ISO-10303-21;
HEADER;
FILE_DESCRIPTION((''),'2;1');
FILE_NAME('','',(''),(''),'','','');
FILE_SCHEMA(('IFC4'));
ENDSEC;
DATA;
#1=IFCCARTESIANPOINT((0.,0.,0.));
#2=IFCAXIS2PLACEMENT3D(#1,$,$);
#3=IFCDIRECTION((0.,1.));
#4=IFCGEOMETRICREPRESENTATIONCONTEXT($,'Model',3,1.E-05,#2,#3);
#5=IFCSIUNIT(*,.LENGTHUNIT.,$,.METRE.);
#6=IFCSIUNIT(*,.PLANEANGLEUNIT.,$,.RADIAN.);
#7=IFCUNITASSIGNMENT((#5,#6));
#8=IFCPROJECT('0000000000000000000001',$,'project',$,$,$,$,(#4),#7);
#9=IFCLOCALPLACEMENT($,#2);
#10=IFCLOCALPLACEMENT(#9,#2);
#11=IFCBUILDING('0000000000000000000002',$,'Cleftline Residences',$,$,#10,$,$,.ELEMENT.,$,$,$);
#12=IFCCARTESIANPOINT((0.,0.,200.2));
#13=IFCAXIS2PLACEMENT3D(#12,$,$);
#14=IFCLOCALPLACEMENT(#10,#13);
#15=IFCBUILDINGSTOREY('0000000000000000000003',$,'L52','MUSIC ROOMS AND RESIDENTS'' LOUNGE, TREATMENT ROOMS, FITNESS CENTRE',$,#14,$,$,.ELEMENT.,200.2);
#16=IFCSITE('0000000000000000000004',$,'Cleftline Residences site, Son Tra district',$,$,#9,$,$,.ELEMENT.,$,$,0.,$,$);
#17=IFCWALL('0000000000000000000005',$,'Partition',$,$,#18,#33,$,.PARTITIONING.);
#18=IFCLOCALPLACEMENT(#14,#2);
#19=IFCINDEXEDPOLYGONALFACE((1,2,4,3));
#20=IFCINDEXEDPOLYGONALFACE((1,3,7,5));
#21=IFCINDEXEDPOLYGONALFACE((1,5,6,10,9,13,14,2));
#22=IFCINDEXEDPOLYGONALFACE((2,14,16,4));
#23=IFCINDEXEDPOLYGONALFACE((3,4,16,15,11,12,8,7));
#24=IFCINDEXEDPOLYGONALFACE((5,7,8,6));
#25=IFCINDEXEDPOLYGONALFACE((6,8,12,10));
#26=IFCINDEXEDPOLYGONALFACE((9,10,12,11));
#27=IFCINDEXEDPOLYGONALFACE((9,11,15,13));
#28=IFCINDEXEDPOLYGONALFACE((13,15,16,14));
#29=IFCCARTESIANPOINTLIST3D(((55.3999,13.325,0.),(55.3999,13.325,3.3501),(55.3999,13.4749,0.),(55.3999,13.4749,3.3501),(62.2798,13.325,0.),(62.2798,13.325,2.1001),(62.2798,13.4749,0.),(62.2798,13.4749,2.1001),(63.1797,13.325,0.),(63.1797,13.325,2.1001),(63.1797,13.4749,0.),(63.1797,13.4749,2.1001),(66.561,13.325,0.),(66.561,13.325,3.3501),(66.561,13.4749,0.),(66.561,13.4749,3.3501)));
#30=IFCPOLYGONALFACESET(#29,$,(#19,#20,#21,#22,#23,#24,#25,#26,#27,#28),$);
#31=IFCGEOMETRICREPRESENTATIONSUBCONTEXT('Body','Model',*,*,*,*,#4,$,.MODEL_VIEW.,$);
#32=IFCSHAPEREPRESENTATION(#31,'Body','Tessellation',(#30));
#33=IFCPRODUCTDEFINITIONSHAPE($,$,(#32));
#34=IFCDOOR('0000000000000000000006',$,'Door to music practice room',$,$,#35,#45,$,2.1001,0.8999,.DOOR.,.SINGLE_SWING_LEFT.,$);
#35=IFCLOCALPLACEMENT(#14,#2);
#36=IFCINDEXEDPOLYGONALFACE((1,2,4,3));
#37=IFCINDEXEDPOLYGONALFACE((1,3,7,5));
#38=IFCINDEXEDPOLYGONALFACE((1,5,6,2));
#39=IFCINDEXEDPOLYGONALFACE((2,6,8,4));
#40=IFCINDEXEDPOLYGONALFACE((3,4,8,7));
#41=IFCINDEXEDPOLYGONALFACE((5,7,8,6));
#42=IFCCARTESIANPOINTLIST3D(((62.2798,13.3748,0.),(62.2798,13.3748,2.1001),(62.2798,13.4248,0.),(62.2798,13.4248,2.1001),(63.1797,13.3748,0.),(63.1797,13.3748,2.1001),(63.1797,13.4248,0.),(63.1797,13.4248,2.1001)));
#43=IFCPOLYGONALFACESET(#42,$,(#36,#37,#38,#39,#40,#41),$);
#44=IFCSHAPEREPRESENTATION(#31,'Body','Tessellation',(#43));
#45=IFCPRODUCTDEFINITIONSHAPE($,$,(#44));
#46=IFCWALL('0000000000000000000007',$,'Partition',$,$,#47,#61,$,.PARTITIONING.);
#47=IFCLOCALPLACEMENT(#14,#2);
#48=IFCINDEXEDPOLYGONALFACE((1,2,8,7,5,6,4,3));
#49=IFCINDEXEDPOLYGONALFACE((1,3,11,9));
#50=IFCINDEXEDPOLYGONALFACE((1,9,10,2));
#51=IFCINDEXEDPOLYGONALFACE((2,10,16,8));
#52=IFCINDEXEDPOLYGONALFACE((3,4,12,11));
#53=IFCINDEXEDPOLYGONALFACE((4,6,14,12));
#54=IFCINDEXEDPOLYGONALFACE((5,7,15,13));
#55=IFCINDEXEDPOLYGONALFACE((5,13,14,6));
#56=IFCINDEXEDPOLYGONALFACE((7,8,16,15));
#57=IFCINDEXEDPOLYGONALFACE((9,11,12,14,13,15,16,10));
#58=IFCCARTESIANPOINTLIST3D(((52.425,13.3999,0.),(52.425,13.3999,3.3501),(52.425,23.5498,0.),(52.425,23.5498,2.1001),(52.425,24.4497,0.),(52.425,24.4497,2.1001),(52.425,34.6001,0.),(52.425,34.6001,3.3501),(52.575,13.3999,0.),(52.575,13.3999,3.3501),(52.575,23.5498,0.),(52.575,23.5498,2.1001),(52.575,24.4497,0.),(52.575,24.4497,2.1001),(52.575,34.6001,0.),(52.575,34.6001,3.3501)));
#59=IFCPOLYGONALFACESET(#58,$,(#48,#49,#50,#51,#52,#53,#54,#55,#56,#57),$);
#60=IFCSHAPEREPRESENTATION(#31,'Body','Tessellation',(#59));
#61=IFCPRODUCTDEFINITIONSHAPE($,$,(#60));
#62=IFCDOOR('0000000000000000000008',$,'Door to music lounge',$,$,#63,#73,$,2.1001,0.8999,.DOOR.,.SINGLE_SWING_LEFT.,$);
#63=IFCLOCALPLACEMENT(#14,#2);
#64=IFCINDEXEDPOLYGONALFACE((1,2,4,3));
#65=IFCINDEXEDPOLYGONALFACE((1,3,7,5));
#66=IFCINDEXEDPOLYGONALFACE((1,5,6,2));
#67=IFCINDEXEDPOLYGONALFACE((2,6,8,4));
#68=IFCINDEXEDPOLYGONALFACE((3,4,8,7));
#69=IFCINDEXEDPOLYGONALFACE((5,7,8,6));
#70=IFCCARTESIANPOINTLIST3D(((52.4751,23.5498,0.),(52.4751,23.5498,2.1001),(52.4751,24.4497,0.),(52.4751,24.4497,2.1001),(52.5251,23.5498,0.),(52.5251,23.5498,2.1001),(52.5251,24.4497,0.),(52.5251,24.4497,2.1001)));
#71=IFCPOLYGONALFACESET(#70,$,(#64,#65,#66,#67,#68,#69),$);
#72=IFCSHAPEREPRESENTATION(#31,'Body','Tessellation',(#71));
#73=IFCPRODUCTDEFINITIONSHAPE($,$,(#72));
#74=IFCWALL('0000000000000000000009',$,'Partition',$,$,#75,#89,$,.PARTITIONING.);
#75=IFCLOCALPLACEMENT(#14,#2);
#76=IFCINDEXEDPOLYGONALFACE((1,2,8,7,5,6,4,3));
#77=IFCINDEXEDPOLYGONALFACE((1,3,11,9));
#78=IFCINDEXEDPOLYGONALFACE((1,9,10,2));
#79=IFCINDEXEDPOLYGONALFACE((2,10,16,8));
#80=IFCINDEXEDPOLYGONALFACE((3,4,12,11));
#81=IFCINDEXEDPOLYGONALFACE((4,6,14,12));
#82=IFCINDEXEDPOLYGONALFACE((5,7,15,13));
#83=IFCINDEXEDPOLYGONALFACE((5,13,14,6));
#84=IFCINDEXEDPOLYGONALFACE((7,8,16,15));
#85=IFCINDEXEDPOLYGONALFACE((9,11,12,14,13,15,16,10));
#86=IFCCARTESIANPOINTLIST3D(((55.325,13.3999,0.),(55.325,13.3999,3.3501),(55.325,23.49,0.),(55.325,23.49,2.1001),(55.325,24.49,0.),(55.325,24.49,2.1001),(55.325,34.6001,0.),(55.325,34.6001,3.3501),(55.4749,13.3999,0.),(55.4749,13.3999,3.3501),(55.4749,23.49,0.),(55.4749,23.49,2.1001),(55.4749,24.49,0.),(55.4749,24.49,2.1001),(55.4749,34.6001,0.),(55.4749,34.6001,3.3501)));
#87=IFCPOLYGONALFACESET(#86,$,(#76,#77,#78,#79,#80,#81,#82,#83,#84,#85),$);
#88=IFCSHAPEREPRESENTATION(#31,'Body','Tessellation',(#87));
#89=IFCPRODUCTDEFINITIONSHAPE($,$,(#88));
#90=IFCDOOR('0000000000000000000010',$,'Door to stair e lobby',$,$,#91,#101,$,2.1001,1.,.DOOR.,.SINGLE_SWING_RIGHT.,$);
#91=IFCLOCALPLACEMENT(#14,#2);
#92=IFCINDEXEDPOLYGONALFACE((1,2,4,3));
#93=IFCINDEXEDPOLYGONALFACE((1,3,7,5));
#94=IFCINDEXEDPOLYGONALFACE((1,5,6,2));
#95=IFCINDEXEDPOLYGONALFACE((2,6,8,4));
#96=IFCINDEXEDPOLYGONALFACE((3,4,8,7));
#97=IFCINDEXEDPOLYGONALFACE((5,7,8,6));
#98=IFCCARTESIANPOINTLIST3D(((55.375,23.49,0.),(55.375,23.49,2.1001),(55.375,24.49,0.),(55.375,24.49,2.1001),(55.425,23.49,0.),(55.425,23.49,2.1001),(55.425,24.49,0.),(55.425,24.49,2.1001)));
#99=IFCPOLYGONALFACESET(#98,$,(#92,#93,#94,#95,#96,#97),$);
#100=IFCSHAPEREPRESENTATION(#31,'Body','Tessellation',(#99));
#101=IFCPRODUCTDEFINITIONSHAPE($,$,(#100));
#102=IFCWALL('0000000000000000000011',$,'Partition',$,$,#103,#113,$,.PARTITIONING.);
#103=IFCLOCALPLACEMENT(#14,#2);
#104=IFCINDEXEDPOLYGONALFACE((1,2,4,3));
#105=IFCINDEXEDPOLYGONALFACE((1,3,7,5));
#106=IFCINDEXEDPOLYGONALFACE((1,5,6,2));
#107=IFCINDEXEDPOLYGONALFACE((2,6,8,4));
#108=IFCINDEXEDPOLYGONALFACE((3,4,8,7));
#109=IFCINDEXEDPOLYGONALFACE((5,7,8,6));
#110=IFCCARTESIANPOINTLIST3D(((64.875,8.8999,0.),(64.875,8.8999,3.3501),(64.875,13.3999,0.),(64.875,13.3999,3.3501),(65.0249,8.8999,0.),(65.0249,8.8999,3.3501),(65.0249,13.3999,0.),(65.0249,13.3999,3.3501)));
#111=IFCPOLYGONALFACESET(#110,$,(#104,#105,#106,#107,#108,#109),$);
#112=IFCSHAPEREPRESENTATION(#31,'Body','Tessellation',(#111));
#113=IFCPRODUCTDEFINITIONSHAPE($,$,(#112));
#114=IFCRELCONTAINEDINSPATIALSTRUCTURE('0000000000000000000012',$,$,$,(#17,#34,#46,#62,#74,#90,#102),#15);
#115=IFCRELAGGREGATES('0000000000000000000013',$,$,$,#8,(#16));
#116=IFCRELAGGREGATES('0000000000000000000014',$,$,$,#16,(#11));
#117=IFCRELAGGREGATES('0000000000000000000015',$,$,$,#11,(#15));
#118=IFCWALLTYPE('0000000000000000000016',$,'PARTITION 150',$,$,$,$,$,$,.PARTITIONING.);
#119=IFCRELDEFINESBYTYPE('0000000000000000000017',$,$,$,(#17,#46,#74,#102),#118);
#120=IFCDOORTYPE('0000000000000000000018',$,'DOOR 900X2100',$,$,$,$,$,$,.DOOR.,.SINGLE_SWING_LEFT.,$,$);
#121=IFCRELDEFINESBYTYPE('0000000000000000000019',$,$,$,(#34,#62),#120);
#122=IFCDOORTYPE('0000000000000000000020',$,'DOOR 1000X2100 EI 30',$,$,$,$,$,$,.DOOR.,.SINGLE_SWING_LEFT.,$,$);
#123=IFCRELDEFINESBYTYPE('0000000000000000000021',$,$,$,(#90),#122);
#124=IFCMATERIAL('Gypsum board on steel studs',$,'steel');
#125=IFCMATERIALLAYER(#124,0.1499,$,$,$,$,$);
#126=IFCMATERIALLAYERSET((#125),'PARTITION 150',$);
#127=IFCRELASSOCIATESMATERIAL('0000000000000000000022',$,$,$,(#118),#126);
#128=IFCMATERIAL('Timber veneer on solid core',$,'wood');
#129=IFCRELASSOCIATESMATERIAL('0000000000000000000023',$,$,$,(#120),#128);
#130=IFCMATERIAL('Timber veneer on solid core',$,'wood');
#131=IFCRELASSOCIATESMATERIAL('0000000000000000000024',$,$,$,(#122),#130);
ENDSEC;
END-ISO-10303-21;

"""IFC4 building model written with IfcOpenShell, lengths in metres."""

from ifc_helpers import new_model, si_unit, direction, frame, frame_2d, origin, place, context, subcontext, project, spatial, rectangle, extrude, material, layer, layer_set, type_object, element, fill, save


model = new_model("IFC4")

# Units and contexts
model_context = context("Model", 3, precision=1e-05, world=origin(), true_north=direction((0.0, 1.0)))
body_context = subcontext(model_context, "Body", "Model", "MODEL_VIEW")
ifc_project = project(units=[si_unit("LENGTHUNIT", "METRE"), si_unit("PLANEANGLEUNIT", "RADIAN")], contexts=[model_context])

# Site, building, storey
site_placement = place(None, origin())
site = spatial("IfcSite", under=ifc_project, at=site_placement, Name="Cleftline Residences site, Son Tra district", CompositionType="ELEMENT", RefElevation=0.0)
building_placement = place(site_placement, origin())
building = spatial("IfcBuilding", under=site, at=building_placement, Name="Cleftline Residences", CompositionType="ELEMENT")
storey_placement = place(building_placement, frame((0.0, 0.0, 200.2)))
storey = spatial("IfcBuildingStorey", under=building, at=storey_placement, Name="L52", Description="MUSIC ROOMS AND RESIDENTS' LOUNGE, TREATMENT ROOMS, FITNESS CENTRE", CompositionType="ELEMENT", Elevation=200.2)

# Walls, openings, doors
ifc_material_1 = material(Name="Gypsum board on steel studs", Category="steel")
ifc_layer_1 = layer(ifc_material_1, 0.1499)
ifc_layer_set_1 = layer_set([ifc_layer_1], Name="PARTITION 150")
wall_type = type_object("IfcWallType", Name="PARTITION 150", PredefinedType="PARTITIONING", material=ifc_layer_set_1)
wall_1_placement = place(storey_placement, frame((55.3999, 13.3999, 0.0), z_axis=(0.0, 0.0, 1.0), x_axis=(1.0, 0.0, 0.0)))
wall_1 = element("IfcWall", 1, at=wall_1_placement, inside=storey, type_object=wall_type, Name="Partition", PredefinedType="PARTITIONING", context=body_context, shape_type="SweptSolid", body=[
    extrude(rectangle(XDim=11.1611, YDim=0.1499, at=frame_2d((5.5806, 0.0))), origin(), (0.0, 0.0, 1.0), 3.3501),
])
opening_1_placement = place(wall_1_placement, frame((6.8799, 0.0, 0.0)))
opening_1 = element("IfcOpeningElement", 2, at=opening_1_placement, cuts=wall_1, PredefinedType="OPENING", context=body_context, shape_type="SweptSolid", body=[
    extrude(rectangle(XDim=0.8999, YDim=2.1001, at=frame_2d((0.45, 1.05))), frame((0.0, 0.085, 0.0), z_axis=(0.0, -1.0, 0.0), x_axis=(1.0, 0.0, 0.0)), (0.0, 0.0, 1.0), 0.1699),
])
ifc_material_2 = material(Name="Timber veneer on solid core", Category="wood")
door_type_1 = type_object("IfcDoorType", Name="DOOR 900X2100", OperationType="SINGLE_SWING_LEFT", PredefinedType="DOOR", material=ifc_material_2)
door_1_placement = place(opening_1_placement, origin())
door_1 = element("IfcDoor", 3, at=door_1_placement, inside=storey, type_object=door_type_1, Name="Door to music practice room", OperationType="SINGLE_SWING_LEFT", OverallHeight=2.1001, OverallWidth=0.8999, PredefinedType="DOOR", context=body_context, shape_type="SweptSolid", body=[
    extrude(rectangle(XDim=0.8999, YDim=2.1001, at=frame_2d((0.45, 1.05))), frame((0.0, 0.0249, 0.0), z_axis=(0.0, -1.0, 0.0), x_axis=(1.0, 0.0, 0.0)), (0.0, 0.0, 1.0), 0.05),
])
fill(opening_1, door_1)
wall_2_placement = place(storey_placement, frame((52.5, 13.3999, 0.0), z_axis=(0.0, 0.0, 1.0), x_axis=(0.0, 1.0, 0.0)))
wall_2 = element("IfcWall", 4, at=wall_2_placement, inside=storey, type_object=wall_type, Name="Partition", PredefinedType="PARTITIONING", context=body_context, shape_type="SweptSolid", body=[
    extrude(rectangle(XDim=21.2002, YDim=0.1499, at=frame_2d((10.6001, 0.0))), origin(), (0.0, 0.0, 1.0), 3.3501),
])
opening_2_placement = place(wall_2_placement, frame((10.1499, 0.0, 0.0)))
opening_2 = element("IfcOpeningElement", 5, at=opening_2_placement, cuts=wall_2, PredefinedType="OPENING", context=body_context, shape_type="SweptSolid", body=[
    extrude(rectangle(XDim=0.8999, YDim=2.1001, at=frame_2d((0.45, 1.05))), frame((0.0, 0.085, 0.0), z_axis=(0.0, -1.0, 0.0), x_axis=(1.0, 0.0, 0.0)), (0.0, 0.0, 1.0), 0.1699),
])
door_2_placement = place(opening_2_placement, origin())
door_2 = element("IfcDoor", 6, at=door_2_placement, inside=storey, type_object=door_type_1, Name="Door to music lounge", OperationType="SINGLE_SWING_LEFT", OverallHeight=2.1001, OverallWidth=0.8999, PredefinedType="DOOR", context=body_context, shape_type="SweptSolid", body=[
    extrude(rectangle(XDim=0.8999, YDim=2.1001, at=frame_2d((0.45, 1.05))), frame((0.0, 0.0249, 0.0), z_axis=(0.0, -1.0, 0.0), x_axis=(1.0, 0.0, 0.0)), (0.0, 0.0, 1.0), 0.05),
])
fill(opening_2, door_2)
wall_3_placement = place(storey_placement, frame((55.3999, 13.3999, 0.0), z_axis=(0.0, 0.0, 1.0), x_axis=(0.0, 1.0, 0.0)))
wall_3 = element("IfcWall", 7, at=wall_3_placement, inside=storey, type_object=wall_type, Name="Partition", PredefinedType="PARTITIONING", context=body_context, shape_type="SweptSolid", body=[
    extrude(rectangle(XDim=21.2002, YDim=0.1499, at=frame_2d((10.6001, 0.0))), origin(), (0.0, 0.0, 1.0), 3.3501),
])
opening_3_placement = place(wall_3_placement, frame((10.0901, 0.0, 0.0)))
opening_3 = element("IfcOpeningElement", 8, at=opening_3_placement, cuts=wall_3, PredefinedType="OPENING", context=body_context, shape_type="SweptSolid", body=[
    extrude(rectangle(XDim=1.0, YDim=2.1001, at=frame_2d((0.5, 1.05))), frame((0.0, 0.085, 0.0), z_axis=(0.0, -1.0, 0.0), x_axis=(1.0, 0.0, 0.0)), (0.0, 0.0, 1.0), 0.1699),
])
ifc_material_3 = material(Name="Timber veneer on solid core", Category="wood")
door_type_2 = type_object("IfcDoorType", Name="DOOR 1000X2100 EI 30", OperationType="SINGLE_SWING_LEFT", PredefinedType="DOOR", material=ifc_material_3)
door_3_placement = place(opening_3_placement, origin())
door_3 = element("IfcDoor", 9, at=door_3_placement, inside=storey, type_object=door_type_2, Name="Door to stair e lobby", OperationType="SINGLE_SWING_RIGHT", OverallHeight=2.1001, OverallWidth=1.0, PredefinedType="DOOR", context=body_context, shape_type="SweptSolid", body=[
    extrude(rectangle(XDim=1.0, YDim=2.1001, at=frame_2d((0.5, 1.05))), frame((0.0, 0.0249, 0.0), z_axis=(0.0, -1.0, 0.0), x_axis=(1.0, 0.0, 0.0)), (0.0, 0.0, 1.0), 0.05),
])
fill(opening_3, door_3)

# Wall
wall_4_placement = place(storey_placement, frame((64.95, 8.8999, 0.0), z_axis=(0.0, 0.0, 1.0), x_axis=(0.0, 1.0, 0.0)))
element("IfcWall", 10, at=wall_4_placement, inside=storey, type_object=wall_type, Name="Partition", PredefinedType="PARTITIONING", context=body_context, shape_type="SweptSolid", body=[
    extrude(rectangle(XDim=4.5, YDim=0.1499, at=frame_2d((2.25, 0.0))), origin(), (0.0, 0.0, 1.0), 3.3501),
])

save(model, "model.ifc")
